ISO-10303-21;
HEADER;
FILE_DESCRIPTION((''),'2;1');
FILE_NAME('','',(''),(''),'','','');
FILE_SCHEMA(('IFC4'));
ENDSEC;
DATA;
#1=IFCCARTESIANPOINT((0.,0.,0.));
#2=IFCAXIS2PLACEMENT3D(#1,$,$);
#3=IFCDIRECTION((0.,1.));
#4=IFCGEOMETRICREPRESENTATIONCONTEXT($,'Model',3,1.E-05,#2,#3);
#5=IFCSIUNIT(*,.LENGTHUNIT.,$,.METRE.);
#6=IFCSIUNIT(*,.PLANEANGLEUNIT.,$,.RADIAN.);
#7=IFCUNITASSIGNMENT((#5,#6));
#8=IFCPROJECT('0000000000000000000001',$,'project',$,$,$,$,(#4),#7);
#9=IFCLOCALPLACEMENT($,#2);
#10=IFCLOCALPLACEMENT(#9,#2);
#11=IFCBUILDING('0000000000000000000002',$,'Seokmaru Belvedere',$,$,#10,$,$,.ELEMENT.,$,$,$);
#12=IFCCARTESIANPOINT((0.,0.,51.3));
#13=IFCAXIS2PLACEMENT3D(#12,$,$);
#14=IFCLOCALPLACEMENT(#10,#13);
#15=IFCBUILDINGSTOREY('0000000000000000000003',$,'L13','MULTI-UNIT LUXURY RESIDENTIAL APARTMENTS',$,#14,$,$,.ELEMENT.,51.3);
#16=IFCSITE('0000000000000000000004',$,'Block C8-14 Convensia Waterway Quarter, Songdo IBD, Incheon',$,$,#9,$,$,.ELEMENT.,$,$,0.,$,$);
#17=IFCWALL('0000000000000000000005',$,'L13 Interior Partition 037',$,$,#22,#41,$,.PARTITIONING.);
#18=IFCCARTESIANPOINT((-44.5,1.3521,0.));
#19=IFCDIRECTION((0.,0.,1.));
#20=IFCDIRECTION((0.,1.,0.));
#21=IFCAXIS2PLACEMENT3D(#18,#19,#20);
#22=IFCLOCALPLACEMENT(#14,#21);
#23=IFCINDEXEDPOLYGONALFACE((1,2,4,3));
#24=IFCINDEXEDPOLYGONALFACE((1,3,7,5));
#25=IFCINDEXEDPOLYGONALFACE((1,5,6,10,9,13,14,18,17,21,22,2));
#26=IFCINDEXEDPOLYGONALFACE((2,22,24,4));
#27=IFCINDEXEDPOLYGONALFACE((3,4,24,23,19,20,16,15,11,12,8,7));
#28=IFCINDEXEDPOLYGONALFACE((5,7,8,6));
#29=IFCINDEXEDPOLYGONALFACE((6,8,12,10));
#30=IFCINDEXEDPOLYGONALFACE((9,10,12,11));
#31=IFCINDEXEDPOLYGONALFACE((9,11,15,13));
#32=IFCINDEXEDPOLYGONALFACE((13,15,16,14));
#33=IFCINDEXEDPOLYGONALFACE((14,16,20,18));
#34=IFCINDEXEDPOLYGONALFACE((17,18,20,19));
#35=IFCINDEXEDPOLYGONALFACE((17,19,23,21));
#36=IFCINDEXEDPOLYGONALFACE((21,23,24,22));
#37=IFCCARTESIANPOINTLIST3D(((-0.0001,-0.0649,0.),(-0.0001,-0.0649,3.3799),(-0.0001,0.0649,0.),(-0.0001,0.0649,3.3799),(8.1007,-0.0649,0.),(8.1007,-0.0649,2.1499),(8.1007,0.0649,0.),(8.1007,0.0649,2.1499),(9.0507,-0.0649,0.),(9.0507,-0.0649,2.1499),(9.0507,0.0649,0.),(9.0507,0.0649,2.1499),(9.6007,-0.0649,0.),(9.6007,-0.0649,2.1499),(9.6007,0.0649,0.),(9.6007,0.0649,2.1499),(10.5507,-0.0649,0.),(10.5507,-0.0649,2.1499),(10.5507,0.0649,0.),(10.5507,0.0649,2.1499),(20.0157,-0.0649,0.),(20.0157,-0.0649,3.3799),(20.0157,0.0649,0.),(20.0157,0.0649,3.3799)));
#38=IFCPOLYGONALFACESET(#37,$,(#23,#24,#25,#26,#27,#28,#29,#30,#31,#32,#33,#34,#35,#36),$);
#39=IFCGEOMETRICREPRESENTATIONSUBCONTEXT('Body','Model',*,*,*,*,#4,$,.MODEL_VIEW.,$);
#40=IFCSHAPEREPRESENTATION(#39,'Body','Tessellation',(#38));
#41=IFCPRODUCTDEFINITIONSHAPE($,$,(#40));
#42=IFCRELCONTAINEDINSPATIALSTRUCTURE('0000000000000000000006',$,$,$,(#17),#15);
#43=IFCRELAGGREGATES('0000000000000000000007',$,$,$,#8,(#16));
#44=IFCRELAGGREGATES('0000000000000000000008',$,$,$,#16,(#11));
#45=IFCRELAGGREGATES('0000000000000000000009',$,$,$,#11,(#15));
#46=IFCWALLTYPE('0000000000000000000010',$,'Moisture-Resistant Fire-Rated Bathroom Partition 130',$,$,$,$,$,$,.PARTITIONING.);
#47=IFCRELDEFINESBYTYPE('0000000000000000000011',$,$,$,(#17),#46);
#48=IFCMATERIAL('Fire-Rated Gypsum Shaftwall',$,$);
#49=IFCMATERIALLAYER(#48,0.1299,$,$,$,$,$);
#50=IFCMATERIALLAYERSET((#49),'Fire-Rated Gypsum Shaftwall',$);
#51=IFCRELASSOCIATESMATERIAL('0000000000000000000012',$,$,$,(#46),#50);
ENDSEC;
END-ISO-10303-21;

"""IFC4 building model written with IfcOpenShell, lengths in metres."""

from ifc_helpers import new_model, si_unit, direction, frame, frame_2d, origin, place, context, subcontext, project, spatial, rectangle, extrude, material, layer, layer_set, type_object, element, save


model = new_model("IFC4")

# Units and contexts
model_context = context("Model", 3, precision=1e-05, world=origin(), true_north=direction((0.0, 1.0)))
body_context = subcontext(model_context, "Body", "Model", "MODEL_VIEW")
ifc_project = project(units=[si_unit("LENGTHUNIT", "METRE"), si_unit("PLANEANGLEUNIT", "RADIAN")], contexts=[model_context])

# Site, building, storey
site_placement = place(None, origin())
site = spatial("IfcSite", under=ifc_project, at=site_placement, Name="Block C8-14 Convensia Waterway Quarter, Songdo IBD, Incheon", CompositionType="ELEMENT", RefElevation=0.0)
building_placement = place(site_placement, origin())
building = spatial("IfcBuilding", under=site, at=building_placement, Name="Seokmaru Belvedere", CompositionType="ELEMENT")
storey_placement = place(building_placement, frame((0.0, 0.0, 51.3)))
storey = spatial("IfcBuildingStorey", under=building, at=storey_placement, Name="L13", Description="MULTI-UNIT LUXURY RESIDENTIAL APARTMENTS", CompositionType="ELEMENT", Elevation=51.3)

# Shared definitions
ifc_material_1 = material(Name="Fire-Rated Gypsum Shaftwall")

# Shared definitions
ifc_layer_1 = layer(ifc_material_1, 0.1299)
ifc_layer_set_1 = layer_set([ifc_layer_1], Name="Fire-Rated Gypsum Shaftwall")
wall_type_1 = type_object("IfcWallType", Name="Moisture-Resistant Fire-Rated Bathroom Partition 130", PredefinedType="PARTITIONING", material=ifc_layer_set_1)

# Wall, openings
wall_1_placement = place(storey_placement, frame((-44.5, 1.3521, 0.0), z_axis=(0.0, 0.0, 1.0), x_axis=(0.0, 1.0, 0.0)))
wall_1 = element("IfcWall", 1, at=wall_1_placement, inside=storey, type_object=wall_type_1, Name="L13 Interior Partition 037", PredefinedType="PARTITIONING", context=body_context, shape_type="SweptSolid", body=[
    extrude(rectangle(XDim=20.0159, YDim=0.1299, at=frame_2d((10.0078, 0.0))), origin(), (0.0, 0.0, 1.0), 3.3799),
])
opening_1_placement = place(wall_1_placement, frame((8.1006, 0.0, 0.0)))
element("IfcOpeningElement", 2, at=opening_1_placement, cuts=wall_1, PredefinedType="OPENING", context=body_context, shape_type="SweptSolid", body=[
    extrude(rectangle(XDim=0.95, YDim=2.1499, at=frame_2d((0.4751, 1.075))), frame((0.0, 0.075, 0.0), z_axis=(0.0, -1.0, 0.0), x_axis=(1.0, 0.0, 0.0)), (0.0, 0.0, 1.0), 0.1499),
])
opening_2_placement = place(wall_1_placement, frame((9.6006, 0.0, 0.0)))
element("IfcOpeningElement", 3, at=opening_2_placement, cuts=wall_1, PredefinedType="OPENING", context=body_context, shape_type="SweptSolid", body=[
    extrude(rectangle(XDim=0.95, YDim=2.1499, at=frame_2d((0.4751, 1.075))), frame((0.0, 0.075, 0.0), z_axis=(0.0, -1.0, 0.0), x_axis=(1.0, 0.0, 0.0)), (0.0, 0.0, 1.0), 0.1499),
])

save(model, "model.ifc")
